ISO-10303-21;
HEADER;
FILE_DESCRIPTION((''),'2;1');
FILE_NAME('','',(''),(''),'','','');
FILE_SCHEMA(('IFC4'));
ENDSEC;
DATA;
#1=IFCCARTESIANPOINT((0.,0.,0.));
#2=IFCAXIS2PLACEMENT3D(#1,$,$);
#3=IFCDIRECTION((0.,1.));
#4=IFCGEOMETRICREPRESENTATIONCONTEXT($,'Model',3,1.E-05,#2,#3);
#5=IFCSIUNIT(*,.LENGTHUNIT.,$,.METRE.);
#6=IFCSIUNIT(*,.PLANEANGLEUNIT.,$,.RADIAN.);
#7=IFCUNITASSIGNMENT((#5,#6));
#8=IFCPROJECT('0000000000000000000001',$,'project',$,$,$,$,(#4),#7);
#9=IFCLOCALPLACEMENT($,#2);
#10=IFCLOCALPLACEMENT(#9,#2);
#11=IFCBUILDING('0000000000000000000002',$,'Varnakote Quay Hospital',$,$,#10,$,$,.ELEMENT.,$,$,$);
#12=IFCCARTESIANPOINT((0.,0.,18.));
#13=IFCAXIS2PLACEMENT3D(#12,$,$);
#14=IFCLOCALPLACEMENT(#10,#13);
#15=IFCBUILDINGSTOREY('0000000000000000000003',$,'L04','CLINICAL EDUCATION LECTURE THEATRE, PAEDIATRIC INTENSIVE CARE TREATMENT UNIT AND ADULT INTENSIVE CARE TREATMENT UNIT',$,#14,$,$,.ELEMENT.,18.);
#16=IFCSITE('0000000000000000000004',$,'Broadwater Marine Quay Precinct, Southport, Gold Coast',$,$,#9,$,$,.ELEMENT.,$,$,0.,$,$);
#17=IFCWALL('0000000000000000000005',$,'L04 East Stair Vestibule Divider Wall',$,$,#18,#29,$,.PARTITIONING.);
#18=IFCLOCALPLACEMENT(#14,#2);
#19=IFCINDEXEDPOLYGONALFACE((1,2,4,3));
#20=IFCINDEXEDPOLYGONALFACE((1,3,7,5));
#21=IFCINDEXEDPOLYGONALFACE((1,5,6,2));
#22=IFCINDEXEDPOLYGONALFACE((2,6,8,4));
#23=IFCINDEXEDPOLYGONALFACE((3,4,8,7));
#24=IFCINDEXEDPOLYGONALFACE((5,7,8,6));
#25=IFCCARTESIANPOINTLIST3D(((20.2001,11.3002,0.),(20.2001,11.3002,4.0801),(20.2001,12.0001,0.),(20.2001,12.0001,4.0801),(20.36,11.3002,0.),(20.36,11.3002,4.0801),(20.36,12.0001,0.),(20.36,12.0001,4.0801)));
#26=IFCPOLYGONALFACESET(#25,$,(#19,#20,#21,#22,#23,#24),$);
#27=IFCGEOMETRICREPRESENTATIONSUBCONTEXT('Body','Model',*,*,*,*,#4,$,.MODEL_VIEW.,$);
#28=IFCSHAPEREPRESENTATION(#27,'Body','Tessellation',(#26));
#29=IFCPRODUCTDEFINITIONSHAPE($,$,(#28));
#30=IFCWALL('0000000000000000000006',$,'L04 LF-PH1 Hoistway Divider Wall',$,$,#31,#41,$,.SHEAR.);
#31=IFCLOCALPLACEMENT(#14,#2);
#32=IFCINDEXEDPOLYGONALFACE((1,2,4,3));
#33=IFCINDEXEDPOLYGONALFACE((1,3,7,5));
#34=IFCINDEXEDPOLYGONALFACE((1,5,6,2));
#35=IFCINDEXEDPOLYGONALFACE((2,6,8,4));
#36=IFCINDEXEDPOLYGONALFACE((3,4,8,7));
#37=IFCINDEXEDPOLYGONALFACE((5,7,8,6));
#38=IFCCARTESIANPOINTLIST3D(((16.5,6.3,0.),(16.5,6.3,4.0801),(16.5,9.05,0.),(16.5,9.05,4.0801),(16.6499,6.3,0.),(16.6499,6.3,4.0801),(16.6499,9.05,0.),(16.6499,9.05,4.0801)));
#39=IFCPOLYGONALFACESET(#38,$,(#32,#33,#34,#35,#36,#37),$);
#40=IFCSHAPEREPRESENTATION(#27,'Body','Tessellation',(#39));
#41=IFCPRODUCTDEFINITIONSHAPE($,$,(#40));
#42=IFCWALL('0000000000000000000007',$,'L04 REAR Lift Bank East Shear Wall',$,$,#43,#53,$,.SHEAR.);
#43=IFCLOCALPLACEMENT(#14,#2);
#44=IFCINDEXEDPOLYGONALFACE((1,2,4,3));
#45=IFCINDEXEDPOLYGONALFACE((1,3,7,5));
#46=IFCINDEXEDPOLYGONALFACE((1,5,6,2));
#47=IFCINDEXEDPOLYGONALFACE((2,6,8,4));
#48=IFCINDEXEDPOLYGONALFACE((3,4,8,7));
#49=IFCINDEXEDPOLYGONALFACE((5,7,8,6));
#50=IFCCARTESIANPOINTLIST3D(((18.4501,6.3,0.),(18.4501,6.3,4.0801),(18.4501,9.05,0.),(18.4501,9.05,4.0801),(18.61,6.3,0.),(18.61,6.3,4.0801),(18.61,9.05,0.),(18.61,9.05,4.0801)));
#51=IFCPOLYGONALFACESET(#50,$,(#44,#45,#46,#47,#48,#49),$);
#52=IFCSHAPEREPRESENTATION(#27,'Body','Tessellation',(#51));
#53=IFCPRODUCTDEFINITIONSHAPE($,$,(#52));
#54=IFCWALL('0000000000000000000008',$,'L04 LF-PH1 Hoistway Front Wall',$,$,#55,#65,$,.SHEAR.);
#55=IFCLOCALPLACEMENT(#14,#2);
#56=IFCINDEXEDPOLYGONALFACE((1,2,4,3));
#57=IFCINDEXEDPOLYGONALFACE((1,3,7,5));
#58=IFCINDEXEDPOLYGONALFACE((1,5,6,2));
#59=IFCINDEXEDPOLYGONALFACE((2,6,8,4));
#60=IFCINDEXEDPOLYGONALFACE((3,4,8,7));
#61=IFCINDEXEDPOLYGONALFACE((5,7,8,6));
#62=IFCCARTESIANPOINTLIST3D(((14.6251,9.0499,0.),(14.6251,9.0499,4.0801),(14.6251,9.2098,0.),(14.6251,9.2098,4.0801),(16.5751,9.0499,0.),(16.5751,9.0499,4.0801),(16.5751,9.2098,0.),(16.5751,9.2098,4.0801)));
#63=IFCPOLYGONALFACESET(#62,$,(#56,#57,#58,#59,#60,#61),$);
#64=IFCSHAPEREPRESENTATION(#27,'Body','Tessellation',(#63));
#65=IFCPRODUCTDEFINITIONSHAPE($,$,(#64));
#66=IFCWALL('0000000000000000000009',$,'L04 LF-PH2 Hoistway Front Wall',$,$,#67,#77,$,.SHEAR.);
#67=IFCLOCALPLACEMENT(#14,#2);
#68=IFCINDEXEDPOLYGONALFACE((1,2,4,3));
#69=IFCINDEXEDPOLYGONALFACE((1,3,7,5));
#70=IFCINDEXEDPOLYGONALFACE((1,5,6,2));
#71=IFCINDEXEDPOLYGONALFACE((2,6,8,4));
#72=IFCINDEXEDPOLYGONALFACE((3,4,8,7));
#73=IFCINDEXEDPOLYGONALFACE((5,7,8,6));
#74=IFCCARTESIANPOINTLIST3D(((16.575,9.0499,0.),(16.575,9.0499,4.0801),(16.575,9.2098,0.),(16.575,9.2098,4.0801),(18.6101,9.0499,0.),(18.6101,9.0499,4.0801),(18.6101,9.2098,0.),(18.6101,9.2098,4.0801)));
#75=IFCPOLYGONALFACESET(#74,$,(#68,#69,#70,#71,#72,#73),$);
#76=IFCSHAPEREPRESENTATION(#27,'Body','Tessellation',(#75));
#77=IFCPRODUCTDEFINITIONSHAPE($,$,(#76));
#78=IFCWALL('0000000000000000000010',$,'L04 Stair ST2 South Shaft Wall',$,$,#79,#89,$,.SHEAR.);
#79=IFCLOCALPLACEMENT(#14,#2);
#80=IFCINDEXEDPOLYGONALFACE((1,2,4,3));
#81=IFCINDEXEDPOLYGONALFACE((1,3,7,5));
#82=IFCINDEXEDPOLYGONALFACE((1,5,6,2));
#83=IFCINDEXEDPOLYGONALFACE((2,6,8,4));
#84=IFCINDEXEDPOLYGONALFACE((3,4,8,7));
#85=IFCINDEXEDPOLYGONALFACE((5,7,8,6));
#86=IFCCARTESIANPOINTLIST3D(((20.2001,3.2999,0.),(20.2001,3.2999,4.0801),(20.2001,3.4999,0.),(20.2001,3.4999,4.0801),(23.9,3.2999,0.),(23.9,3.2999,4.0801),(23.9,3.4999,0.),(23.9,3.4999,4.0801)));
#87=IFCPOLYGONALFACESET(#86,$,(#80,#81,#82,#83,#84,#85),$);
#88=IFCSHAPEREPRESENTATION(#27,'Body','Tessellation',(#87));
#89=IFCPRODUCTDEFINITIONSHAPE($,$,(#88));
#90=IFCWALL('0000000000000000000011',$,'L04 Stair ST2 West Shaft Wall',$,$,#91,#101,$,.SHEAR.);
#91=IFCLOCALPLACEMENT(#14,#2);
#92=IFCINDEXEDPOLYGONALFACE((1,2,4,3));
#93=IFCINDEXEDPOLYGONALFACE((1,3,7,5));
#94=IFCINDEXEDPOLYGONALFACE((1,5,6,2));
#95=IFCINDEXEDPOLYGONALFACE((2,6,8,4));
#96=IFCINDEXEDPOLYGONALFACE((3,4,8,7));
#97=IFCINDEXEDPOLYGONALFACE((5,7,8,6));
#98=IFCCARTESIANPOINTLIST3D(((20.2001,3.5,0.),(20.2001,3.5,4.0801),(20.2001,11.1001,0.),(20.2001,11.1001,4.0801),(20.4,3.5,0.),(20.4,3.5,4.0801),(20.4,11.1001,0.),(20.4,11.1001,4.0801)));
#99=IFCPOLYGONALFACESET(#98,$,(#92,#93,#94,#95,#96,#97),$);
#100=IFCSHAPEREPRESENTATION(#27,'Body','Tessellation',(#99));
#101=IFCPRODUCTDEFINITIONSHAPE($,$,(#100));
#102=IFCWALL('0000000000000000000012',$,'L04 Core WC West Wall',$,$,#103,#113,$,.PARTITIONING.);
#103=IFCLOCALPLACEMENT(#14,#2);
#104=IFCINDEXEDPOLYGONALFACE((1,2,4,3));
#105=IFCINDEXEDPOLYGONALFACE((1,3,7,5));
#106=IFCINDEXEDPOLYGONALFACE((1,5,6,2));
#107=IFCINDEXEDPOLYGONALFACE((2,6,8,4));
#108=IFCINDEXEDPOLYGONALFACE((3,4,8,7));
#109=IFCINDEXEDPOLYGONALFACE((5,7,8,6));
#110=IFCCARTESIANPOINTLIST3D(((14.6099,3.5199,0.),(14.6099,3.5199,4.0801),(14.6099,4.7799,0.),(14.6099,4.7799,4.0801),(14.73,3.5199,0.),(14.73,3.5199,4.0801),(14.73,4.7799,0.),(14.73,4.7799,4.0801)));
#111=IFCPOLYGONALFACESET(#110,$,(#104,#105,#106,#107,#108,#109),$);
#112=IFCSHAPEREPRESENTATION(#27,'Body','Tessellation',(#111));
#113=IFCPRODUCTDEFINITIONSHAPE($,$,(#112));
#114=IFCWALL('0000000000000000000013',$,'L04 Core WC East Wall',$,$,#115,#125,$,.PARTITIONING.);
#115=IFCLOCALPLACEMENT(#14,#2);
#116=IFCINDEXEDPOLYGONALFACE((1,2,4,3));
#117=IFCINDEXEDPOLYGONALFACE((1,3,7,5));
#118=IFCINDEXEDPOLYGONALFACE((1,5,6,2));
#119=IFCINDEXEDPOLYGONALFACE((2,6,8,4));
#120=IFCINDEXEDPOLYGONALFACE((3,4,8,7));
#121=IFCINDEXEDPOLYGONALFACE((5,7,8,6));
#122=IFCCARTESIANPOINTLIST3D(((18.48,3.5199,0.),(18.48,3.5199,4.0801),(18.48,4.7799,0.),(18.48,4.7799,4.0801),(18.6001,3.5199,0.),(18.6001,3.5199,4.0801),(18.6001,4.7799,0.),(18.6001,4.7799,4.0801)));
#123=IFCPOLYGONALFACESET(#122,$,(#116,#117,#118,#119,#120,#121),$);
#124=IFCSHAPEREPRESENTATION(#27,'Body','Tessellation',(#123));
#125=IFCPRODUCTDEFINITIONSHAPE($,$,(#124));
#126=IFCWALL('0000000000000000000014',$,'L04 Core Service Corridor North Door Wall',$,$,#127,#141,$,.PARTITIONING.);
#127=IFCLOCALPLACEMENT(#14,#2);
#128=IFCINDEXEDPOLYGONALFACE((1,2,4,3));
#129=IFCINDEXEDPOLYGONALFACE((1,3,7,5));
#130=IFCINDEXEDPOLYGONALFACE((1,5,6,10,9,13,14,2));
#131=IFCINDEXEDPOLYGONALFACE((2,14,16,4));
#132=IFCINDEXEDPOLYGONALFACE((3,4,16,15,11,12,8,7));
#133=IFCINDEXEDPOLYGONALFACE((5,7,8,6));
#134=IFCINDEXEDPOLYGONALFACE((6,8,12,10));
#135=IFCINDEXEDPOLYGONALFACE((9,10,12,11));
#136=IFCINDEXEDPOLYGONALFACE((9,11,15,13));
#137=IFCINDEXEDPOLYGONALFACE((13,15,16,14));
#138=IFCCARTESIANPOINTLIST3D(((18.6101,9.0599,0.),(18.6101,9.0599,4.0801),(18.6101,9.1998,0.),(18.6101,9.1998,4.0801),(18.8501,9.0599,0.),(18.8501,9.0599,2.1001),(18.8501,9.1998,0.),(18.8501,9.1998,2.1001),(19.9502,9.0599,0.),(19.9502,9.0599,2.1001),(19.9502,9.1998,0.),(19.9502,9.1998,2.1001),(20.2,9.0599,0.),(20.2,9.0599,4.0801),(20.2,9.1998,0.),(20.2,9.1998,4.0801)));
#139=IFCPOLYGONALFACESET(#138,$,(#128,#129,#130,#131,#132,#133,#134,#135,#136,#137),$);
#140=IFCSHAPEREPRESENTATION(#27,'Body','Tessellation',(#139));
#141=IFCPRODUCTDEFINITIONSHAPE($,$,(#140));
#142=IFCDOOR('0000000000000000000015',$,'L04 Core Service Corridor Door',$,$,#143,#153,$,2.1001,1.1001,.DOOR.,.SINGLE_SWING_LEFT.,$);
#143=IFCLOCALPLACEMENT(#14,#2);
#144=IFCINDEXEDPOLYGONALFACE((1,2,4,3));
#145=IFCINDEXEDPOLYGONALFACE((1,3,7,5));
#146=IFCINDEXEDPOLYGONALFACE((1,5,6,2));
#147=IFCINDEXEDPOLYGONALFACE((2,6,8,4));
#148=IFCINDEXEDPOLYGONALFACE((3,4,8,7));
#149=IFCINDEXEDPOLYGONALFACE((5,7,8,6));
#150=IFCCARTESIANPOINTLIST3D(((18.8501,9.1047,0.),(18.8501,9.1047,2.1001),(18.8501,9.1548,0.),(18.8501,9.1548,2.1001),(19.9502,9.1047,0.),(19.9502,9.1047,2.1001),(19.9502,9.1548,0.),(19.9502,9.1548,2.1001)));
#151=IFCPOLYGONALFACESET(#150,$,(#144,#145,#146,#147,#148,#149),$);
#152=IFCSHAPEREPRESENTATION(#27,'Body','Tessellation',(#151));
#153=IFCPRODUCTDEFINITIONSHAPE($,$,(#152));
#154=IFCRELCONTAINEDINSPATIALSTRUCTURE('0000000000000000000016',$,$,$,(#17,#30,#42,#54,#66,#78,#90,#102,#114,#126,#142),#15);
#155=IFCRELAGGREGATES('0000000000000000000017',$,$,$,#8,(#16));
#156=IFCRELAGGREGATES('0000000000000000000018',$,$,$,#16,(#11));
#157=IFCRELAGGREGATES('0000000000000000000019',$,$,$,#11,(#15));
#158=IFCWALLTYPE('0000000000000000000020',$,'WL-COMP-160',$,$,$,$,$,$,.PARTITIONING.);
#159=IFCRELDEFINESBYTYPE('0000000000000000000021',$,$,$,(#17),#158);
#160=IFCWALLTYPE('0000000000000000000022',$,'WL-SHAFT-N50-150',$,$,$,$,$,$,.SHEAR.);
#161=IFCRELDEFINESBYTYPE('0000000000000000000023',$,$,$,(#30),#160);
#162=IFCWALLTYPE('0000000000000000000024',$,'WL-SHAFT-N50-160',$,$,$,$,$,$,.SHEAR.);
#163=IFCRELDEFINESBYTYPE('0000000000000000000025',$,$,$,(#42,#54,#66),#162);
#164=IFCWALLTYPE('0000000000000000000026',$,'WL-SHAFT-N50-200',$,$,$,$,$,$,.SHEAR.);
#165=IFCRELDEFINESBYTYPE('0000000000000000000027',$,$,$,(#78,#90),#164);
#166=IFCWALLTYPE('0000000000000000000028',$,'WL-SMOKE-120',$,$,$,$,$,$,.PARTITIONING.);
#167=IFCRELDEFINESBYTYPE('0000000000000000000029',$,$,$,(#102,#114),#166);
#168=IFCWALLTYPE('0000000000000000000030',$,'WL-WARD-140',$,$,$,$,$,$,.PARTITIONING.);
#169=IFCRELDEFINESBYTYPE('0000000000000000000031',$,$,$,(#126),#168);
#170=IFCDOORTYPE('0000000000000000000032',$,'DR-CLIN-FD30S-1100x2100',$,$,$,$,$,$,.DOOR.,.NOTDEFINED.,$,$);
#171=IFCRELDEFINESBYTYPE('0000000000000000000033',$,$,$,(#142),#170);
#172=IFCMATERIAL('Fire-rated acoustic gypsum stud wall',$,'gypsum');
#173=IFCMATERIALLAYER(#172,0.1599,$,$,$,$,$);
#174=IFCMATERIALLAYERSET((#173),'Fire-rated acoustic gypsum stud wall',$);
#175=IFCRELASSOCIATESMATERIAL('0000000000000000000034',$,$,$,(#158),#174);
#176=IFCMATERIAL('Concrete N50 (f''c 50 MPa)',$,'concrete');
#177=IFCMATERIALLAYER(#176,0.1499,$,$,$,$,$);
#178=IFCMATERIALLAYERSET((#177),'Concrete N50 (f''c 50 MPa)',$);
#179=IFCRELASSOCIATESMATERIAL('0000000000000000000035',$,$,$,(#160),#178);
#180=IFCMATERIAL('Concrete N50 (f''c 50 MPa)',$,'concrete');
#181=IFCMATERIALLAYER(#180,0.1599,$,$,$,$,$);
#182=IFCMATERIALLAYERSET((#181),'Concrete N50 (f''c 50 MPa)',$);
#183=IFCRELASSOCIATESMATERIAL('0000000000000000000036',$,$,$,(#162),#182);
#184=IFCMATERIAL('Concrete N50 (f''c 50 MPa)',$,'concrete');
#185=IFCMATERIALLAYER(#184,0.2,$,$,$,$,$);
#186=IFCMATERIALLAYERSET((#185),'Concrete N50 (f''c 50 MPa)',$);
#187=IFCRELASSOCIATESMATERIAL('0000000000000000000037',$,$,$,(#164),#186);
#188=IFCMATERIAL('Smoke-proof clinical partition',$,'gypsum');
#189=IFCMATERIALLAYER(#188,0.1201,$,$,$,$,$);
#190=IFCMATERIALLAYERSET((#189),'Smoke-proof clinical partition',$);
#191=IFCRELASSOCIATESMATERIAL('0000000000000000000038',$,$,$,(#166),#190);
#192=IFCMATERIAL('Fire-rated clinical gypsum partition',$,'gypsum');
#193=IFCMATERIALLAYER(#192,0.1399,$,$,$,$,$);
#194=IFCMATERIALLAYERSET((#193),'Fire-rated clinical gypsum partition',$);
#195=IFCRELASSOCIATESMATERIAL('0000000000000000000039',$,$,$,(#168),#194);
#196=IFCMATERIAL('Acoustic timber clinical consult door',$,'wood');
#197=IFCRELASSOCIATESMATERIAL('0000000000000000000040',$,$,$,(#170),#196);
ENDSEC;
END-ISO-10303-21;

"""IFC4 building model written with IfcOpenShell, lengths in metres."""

from ifc_helpers import new_model, si_unit, direction, frame, frame_2d, origin, place, context, subcontext, project, spatial, rectangle, extrude, material, layer, layer_set, type_object, element, fill, save


model = new_model("IFC4")

# Units and contexts
model_context = context("Model", 3, precision=1e-05, world=origin(), true_north=direction((0.0, 1.0)))
body_context = subcontext(model_context, "Body", "Model", "MODEL_VIEW")
ifc_project = project(units=[si_unit("LENGTHUNIT", "METRE"), si_unit("PLANEANGLEUNIT", "RADIAN")], contexts=[model_context])

# Site, building, storey
site_placement = place(None, origin())
site = spatial("IfcSite", under=ifc_project, at=site_placement, Name="Broadwater Marine Quay Precinct, Southport, Gold Coast", CompositionType="ELEMENT", RefElevation=0.0)
building_placement = place(site_placement, origin())
building = spatial("IfcBuilding", under=site, at=building_placement, Name="Varnakote Quay Hospital", CompositionType="ELEMENT")
storey_placement = place(building_placement, frame((0.0, 0.0, 18.0)))
storey = spatial("IfcBuildingStorey", under=building, at=storey_placement, Name="L04", Description="CLINICAL EDUCATION LECTURE THEATRE, PAEDIATRIC INTENSIVE CARE TREATMENT UNIT AND ADULT INTENSIVE CARE TREATMENT UNIT", CompositionType="ELEMENT", Elevation=18.0)

# Walls
ifc_material_1 = material(Name="Fire-rated acoustic gypsum stud wall", Category="gypsum")
ifc_layer_1 = layer(ifc_material_1, 0.1599)
ifc_layer_set_1 = layer_set([ifc_layer_1], Name="Fire-rated acoustic gypsum stud wall")
wall_type_1 = type_object("IfcWallType", Name="WL-COMP-160", PredefinedType="PARTITIONING", material=ifc_layer_set_1)
wall_1_placement = place(storey_placement, frame((20.28, 11.3, 0.0), z_axis=(0.0, 0.0, 1.0), x_axis=(0.0, 1.0, 0.0)))
element("IfcWall", 1, at=wall_1_placement, inside=storey, type_object=wall_type_1, Name="L04 East Stair Vestibule Divider Wall", PredefinedType="PARTITIONING", context=body_context, shape_type="SweptSolid", body=[
    extrude(rectangle(XDim=0.7, YDim=0.1599, at=frame_2d((0.3501, 0.0))), origin(), (0.0, 0.0, 1.0), 4.0801),
])
ifc_material_2 = material(Name="Concrete N50 (f'c 50 MPa)", Category="concrete")
ifc_layer_2 = layer(ifc_material_2, 0.1499)
ifc_layer_set_2 = layer_set([ifc_layer_2], Name="Concrete N50 (f'c 50 MPa)")
wall_type_2 = type_object("IfcWallType", Name="WL-SHAFT-N50-150", PredefinedType="SHEAR", material=ifc_layer_set_2)
wall_2_placement = place(storey_placement, frame((16.575, 6.3, 0.0), z_axis=(0.0, 0.0, 1.0), x_axis=(0.0, 1.0, 0.0)))
element("IfcWall", 2, at=wall_2_placement, inside=storey, type_object=wall_type_2, Name="L04 LF-PH1 Hoistway Divider Wall", PredefinedType="SHEAR", context=body_context, shape_type="SweptSolid", body=[
    extrude(rectangle(XDim=2.75, YDim=0.1499, at=frame_2d((1.375, 0.0))), origin(), (0.0, 0.0, 1.0), 4.0801),
])
ifc_material_3 = material(Name="Concrete N50 (f'c 50 MPa)", Category="concrete")
ifc_layer_3 = layer(ifc_material_3, 0.1599)
ifc_layer_set_3 = layer_set([ifc_layer_3], Name="Concrete N50 (f'c 50 MPa)")
wall_type_3 = type_object("IfcWallType", Name="WL-SHAFT-N50-160", PredefinedType="SHEAR", material=ifc_layer_set_3)
wall_3_placement = place(storey_placement, frame((18.53, 6.3, 0.0), z_axis=(0.0, 0.0, 1.0), x_axis=(0.0, 1.0, 0.0)))
element("IfcWall", 3, at=wall_3_placement, inside=storey, type_object=wall_type_3, Name="L04 REAR Lift Bank East Shear Wall", PredefinedType="SHEAR", context=body_context, shape_type="SweptSolid", body=[
    extrude(rectangle(XDim=2.75, YDim=0.1599, at=frame_2d((1.375, 0.0))), origin(), (0.0, 0.0, 1.0), 4.0801),
])
wall_4_placement = place(storey_placement, frame((14.625, 9.1299, 0.0), z_axis=(0.0, 0.0, 1.0), x_axis=(1.0, 0.0, 0.0)))
element("IfcWall", 4, at=wall_4_placement, inside=storey, type_object=wall_type_3, Name="L04 LF-PH1 Hoistway Front Wall", PredefinedType="SHEAR", context=body_context, shape_type="SweptSolid", body=[
    extrude(rectangle(XDim=1.95, YDim=0.1599, at=frame_2d((0.9751, 0.0))), origin(), (0.0, 0.0, 1.0), 4.0801),
])
wall_5_placement = place(storey_placement, frame((16.575, 9.1299, 0.0), z_axis=(0.0, 0.0, 1.0), x_axis=(1.0, 0.0, 0.0)))
element("IfcWall", 5, at=wall_5_placement, inside=storey, type_object=wall_type_3, Name="L04 LF-PH2 Hoistway Front Wall", PredefinedType="SHEAR", context=body_context, shape_type="SweptSolid", body=[
    extrude(rectangle(XDim=2.0352, YDim=0.1599, at=frame_2d((1.0176, 0.0))), origin(), (0.0, 0.0, 1.0), 4.0801),
])
ifc_material_4 = material(Name="Concrete N50 (f'c 50 MPa)", Category="concrete")
ifc_layer_4 = layer(ifc_material_4, 0.2)
ifc_layer_set_4 = layer_set([ifc_layer_4], Name="Concrete N50 (f'c 50 MPa)")
wall_type_4 = type_object("IfcWallType", Name="WL-SHAFT-N50-200", PredefinedType="SHEAR", material=ifc_layer_set_4)
wall_6_placement = place(storey_placement, frame((20.2, 3.3999, 0.0), z_axis=(0.0, 0.0, 1.0), x_axis=(1.0, 0.0, 0.0)))
element("IfcWall", 6, at=wall_6_placement, inside=storey, type_object=wall_type_4, Name="L04 Stair ST2 South Shaft Wall", PredefinedType="SHEAR", context=body_context, shape_type="SweptSolid", body=[
    extrude(rectangle(XDim=3.7, YDim=0.2, at=frame_2d((1.8501, 0.0))), origin(), (0.0, 0.0, 1.0), 4.0801),
])
wall_7_placement = place(storey_placement, frame((20.3, 3.5, 0.0), z_axis=(0.0, 0.0, 1.0), x_axis=(0.0, 1.0, 0.0)))
element("IfcWall", 7, at=wall_7_placement, inside=storey, type_object=wall_type_4, Name="L04 Stair ST2 West Shaft Wall", PredefinedType="SHEAR", context=body_context, shape_type="SweptSolid", body=[
    extrude(rectangle(XDim=7.6001, YDim=0.2, at=frame_2d((3.8, 0.0))), origin(), (0.0, 0.0, 1.0), 4.0801),
])

# Walls
ifc_material_5 = material(Name="Smoke-proof clinical partition", Category="gypsum")
ifc_layer_5 = layer(ifc_material_5, 0.1201)
ifc_layer_set_5 = layer_set([ifc_layer_5], Name="Smoke-proof clinical partition")
wall_type_5 = type_object("IfcWallType", Name="WL-SMOKE-120", PredefinedType="PARTITIONING", material=ifc_layer_set_5)
for number, where, z_axis, x_axis, name in (
    (8, (14.6699, 3.52, 0.0), (0.0, 0.0, 1.0), (0.0, 1.0, 0.0), "L04 Core WC West Wall"),
    (9, (18.54, 3.52, 0.0), (0.0, 0.0, 1.0), (0.0, 1.0, 0.0), "L04 Core WC East Wall"),
):
    element("IfcWall", number, at=place(storey_placement, frame(where, z_axis=z_axis, x_axis=x_axis)), inside=storey, type_object=wall_type_5, Name=name, PredefinedType="PARTITIONING", context=body_context, shape_type="SweptSolid", body=[
        extrude(rectangle(XDim=1.26, YDim=0.1201, at=frame_2d((0.6299, 0.0))), origin(), (0.0, 0.0, 1.0), 4.0801),
    ])

# Wall, opening, door
ifc_material_6 = material(Name="Fire-rated clinical gypsum partition", Category="gypsum")
ifc_layer_6 = layer(ifc_material_6, 0.1399)
ifc_layer_set_6 = layer_set([ifc_layer_6], Name="Fire-rated clinical gypsum partition")
wall_type_6 = type_object("IfcWallType", Name="WL-WARD-140", PredefinedType="PARTITIONING", material=ifc_layer_set_6)
wall_8_placement = place(storey_placement, frame((18.6101, 9.1299, 0.0), z_axis=(0.0, 0.0, 1.0), x_axis=(1.0, 0.0, 0.0)))
wall_8 = element("IfcWall", 10, at=wall_8_placement, inside=storey, type_object=wall_type_6, Name="L04 Core Service Corridor North Door Wall", PredefinedType="PARTITIONING", context=body_context, shape_type="SweptSolid", body=[
    extrude(rectangle(XDim=1.5898, YDim=0.1399, at=frame_2d((0.7949, 0.0))), origin(), (0.0, 0.0, 1.0), 4.0801),
])
opening_1_placement = place(wall_8_placement, frame((0.24, 0.0, 0.0)))
opening_1 = element("IfcOpeningElement", 11, at=opening_1_placement, cuts=wall_8, PredefinedType="OPENING", context=body_context, shape_type="SweptSolid", body=[
    extrude(rectangle(XDim=1.1001, YDim=2.1001, at=frame_2d((0.55, 1.05))), frame((0.0, 0.0798, 0.0), z_axis=(0.0, -1.0, 0.0), x_axis=(1.0, 0.0, 0.0)), (0.0, 0.0, 1.0), 0.1599),
])
ifc_material_7 = material(Name="Acoustic timber clinical consult door", Category="wood")
door_type_1 = type_object("IfcDoorType", Name="DR-CLIN-FD30S-1100x2100", OperationType="NOTDEFINED", PredefinedType="DOOR", material=ifc_material_7)
door_1_placement = place(opening_1_placement, origin())
door_1 = element("IfcDoor", 12, at=door_1_placement, inside=storey, type_object=door_type_1, Name="L04 Core Service Corridor Door", OperationType="SINGLE_SWING_LEFT", OverallHeight=2.1001, OverallWidth=1.1001, PredefinedType="DOOR", context=body_context, shape_type="SweptSolid", body=[
    extrude(rectangle(XDim=1.1001, YDim=2.1001, at=frame_2d((0.55, 1.05))), frame((0.0, 0.0249, 0.0), z_axis=(0.0, -1.0, 0.0), x_axis=(1.0, 0.0, 0.0)), (0.0, 0.0, 1.0), 0.05),
])
fill(opening_1, door_1)

save(model, "model.ifc")
